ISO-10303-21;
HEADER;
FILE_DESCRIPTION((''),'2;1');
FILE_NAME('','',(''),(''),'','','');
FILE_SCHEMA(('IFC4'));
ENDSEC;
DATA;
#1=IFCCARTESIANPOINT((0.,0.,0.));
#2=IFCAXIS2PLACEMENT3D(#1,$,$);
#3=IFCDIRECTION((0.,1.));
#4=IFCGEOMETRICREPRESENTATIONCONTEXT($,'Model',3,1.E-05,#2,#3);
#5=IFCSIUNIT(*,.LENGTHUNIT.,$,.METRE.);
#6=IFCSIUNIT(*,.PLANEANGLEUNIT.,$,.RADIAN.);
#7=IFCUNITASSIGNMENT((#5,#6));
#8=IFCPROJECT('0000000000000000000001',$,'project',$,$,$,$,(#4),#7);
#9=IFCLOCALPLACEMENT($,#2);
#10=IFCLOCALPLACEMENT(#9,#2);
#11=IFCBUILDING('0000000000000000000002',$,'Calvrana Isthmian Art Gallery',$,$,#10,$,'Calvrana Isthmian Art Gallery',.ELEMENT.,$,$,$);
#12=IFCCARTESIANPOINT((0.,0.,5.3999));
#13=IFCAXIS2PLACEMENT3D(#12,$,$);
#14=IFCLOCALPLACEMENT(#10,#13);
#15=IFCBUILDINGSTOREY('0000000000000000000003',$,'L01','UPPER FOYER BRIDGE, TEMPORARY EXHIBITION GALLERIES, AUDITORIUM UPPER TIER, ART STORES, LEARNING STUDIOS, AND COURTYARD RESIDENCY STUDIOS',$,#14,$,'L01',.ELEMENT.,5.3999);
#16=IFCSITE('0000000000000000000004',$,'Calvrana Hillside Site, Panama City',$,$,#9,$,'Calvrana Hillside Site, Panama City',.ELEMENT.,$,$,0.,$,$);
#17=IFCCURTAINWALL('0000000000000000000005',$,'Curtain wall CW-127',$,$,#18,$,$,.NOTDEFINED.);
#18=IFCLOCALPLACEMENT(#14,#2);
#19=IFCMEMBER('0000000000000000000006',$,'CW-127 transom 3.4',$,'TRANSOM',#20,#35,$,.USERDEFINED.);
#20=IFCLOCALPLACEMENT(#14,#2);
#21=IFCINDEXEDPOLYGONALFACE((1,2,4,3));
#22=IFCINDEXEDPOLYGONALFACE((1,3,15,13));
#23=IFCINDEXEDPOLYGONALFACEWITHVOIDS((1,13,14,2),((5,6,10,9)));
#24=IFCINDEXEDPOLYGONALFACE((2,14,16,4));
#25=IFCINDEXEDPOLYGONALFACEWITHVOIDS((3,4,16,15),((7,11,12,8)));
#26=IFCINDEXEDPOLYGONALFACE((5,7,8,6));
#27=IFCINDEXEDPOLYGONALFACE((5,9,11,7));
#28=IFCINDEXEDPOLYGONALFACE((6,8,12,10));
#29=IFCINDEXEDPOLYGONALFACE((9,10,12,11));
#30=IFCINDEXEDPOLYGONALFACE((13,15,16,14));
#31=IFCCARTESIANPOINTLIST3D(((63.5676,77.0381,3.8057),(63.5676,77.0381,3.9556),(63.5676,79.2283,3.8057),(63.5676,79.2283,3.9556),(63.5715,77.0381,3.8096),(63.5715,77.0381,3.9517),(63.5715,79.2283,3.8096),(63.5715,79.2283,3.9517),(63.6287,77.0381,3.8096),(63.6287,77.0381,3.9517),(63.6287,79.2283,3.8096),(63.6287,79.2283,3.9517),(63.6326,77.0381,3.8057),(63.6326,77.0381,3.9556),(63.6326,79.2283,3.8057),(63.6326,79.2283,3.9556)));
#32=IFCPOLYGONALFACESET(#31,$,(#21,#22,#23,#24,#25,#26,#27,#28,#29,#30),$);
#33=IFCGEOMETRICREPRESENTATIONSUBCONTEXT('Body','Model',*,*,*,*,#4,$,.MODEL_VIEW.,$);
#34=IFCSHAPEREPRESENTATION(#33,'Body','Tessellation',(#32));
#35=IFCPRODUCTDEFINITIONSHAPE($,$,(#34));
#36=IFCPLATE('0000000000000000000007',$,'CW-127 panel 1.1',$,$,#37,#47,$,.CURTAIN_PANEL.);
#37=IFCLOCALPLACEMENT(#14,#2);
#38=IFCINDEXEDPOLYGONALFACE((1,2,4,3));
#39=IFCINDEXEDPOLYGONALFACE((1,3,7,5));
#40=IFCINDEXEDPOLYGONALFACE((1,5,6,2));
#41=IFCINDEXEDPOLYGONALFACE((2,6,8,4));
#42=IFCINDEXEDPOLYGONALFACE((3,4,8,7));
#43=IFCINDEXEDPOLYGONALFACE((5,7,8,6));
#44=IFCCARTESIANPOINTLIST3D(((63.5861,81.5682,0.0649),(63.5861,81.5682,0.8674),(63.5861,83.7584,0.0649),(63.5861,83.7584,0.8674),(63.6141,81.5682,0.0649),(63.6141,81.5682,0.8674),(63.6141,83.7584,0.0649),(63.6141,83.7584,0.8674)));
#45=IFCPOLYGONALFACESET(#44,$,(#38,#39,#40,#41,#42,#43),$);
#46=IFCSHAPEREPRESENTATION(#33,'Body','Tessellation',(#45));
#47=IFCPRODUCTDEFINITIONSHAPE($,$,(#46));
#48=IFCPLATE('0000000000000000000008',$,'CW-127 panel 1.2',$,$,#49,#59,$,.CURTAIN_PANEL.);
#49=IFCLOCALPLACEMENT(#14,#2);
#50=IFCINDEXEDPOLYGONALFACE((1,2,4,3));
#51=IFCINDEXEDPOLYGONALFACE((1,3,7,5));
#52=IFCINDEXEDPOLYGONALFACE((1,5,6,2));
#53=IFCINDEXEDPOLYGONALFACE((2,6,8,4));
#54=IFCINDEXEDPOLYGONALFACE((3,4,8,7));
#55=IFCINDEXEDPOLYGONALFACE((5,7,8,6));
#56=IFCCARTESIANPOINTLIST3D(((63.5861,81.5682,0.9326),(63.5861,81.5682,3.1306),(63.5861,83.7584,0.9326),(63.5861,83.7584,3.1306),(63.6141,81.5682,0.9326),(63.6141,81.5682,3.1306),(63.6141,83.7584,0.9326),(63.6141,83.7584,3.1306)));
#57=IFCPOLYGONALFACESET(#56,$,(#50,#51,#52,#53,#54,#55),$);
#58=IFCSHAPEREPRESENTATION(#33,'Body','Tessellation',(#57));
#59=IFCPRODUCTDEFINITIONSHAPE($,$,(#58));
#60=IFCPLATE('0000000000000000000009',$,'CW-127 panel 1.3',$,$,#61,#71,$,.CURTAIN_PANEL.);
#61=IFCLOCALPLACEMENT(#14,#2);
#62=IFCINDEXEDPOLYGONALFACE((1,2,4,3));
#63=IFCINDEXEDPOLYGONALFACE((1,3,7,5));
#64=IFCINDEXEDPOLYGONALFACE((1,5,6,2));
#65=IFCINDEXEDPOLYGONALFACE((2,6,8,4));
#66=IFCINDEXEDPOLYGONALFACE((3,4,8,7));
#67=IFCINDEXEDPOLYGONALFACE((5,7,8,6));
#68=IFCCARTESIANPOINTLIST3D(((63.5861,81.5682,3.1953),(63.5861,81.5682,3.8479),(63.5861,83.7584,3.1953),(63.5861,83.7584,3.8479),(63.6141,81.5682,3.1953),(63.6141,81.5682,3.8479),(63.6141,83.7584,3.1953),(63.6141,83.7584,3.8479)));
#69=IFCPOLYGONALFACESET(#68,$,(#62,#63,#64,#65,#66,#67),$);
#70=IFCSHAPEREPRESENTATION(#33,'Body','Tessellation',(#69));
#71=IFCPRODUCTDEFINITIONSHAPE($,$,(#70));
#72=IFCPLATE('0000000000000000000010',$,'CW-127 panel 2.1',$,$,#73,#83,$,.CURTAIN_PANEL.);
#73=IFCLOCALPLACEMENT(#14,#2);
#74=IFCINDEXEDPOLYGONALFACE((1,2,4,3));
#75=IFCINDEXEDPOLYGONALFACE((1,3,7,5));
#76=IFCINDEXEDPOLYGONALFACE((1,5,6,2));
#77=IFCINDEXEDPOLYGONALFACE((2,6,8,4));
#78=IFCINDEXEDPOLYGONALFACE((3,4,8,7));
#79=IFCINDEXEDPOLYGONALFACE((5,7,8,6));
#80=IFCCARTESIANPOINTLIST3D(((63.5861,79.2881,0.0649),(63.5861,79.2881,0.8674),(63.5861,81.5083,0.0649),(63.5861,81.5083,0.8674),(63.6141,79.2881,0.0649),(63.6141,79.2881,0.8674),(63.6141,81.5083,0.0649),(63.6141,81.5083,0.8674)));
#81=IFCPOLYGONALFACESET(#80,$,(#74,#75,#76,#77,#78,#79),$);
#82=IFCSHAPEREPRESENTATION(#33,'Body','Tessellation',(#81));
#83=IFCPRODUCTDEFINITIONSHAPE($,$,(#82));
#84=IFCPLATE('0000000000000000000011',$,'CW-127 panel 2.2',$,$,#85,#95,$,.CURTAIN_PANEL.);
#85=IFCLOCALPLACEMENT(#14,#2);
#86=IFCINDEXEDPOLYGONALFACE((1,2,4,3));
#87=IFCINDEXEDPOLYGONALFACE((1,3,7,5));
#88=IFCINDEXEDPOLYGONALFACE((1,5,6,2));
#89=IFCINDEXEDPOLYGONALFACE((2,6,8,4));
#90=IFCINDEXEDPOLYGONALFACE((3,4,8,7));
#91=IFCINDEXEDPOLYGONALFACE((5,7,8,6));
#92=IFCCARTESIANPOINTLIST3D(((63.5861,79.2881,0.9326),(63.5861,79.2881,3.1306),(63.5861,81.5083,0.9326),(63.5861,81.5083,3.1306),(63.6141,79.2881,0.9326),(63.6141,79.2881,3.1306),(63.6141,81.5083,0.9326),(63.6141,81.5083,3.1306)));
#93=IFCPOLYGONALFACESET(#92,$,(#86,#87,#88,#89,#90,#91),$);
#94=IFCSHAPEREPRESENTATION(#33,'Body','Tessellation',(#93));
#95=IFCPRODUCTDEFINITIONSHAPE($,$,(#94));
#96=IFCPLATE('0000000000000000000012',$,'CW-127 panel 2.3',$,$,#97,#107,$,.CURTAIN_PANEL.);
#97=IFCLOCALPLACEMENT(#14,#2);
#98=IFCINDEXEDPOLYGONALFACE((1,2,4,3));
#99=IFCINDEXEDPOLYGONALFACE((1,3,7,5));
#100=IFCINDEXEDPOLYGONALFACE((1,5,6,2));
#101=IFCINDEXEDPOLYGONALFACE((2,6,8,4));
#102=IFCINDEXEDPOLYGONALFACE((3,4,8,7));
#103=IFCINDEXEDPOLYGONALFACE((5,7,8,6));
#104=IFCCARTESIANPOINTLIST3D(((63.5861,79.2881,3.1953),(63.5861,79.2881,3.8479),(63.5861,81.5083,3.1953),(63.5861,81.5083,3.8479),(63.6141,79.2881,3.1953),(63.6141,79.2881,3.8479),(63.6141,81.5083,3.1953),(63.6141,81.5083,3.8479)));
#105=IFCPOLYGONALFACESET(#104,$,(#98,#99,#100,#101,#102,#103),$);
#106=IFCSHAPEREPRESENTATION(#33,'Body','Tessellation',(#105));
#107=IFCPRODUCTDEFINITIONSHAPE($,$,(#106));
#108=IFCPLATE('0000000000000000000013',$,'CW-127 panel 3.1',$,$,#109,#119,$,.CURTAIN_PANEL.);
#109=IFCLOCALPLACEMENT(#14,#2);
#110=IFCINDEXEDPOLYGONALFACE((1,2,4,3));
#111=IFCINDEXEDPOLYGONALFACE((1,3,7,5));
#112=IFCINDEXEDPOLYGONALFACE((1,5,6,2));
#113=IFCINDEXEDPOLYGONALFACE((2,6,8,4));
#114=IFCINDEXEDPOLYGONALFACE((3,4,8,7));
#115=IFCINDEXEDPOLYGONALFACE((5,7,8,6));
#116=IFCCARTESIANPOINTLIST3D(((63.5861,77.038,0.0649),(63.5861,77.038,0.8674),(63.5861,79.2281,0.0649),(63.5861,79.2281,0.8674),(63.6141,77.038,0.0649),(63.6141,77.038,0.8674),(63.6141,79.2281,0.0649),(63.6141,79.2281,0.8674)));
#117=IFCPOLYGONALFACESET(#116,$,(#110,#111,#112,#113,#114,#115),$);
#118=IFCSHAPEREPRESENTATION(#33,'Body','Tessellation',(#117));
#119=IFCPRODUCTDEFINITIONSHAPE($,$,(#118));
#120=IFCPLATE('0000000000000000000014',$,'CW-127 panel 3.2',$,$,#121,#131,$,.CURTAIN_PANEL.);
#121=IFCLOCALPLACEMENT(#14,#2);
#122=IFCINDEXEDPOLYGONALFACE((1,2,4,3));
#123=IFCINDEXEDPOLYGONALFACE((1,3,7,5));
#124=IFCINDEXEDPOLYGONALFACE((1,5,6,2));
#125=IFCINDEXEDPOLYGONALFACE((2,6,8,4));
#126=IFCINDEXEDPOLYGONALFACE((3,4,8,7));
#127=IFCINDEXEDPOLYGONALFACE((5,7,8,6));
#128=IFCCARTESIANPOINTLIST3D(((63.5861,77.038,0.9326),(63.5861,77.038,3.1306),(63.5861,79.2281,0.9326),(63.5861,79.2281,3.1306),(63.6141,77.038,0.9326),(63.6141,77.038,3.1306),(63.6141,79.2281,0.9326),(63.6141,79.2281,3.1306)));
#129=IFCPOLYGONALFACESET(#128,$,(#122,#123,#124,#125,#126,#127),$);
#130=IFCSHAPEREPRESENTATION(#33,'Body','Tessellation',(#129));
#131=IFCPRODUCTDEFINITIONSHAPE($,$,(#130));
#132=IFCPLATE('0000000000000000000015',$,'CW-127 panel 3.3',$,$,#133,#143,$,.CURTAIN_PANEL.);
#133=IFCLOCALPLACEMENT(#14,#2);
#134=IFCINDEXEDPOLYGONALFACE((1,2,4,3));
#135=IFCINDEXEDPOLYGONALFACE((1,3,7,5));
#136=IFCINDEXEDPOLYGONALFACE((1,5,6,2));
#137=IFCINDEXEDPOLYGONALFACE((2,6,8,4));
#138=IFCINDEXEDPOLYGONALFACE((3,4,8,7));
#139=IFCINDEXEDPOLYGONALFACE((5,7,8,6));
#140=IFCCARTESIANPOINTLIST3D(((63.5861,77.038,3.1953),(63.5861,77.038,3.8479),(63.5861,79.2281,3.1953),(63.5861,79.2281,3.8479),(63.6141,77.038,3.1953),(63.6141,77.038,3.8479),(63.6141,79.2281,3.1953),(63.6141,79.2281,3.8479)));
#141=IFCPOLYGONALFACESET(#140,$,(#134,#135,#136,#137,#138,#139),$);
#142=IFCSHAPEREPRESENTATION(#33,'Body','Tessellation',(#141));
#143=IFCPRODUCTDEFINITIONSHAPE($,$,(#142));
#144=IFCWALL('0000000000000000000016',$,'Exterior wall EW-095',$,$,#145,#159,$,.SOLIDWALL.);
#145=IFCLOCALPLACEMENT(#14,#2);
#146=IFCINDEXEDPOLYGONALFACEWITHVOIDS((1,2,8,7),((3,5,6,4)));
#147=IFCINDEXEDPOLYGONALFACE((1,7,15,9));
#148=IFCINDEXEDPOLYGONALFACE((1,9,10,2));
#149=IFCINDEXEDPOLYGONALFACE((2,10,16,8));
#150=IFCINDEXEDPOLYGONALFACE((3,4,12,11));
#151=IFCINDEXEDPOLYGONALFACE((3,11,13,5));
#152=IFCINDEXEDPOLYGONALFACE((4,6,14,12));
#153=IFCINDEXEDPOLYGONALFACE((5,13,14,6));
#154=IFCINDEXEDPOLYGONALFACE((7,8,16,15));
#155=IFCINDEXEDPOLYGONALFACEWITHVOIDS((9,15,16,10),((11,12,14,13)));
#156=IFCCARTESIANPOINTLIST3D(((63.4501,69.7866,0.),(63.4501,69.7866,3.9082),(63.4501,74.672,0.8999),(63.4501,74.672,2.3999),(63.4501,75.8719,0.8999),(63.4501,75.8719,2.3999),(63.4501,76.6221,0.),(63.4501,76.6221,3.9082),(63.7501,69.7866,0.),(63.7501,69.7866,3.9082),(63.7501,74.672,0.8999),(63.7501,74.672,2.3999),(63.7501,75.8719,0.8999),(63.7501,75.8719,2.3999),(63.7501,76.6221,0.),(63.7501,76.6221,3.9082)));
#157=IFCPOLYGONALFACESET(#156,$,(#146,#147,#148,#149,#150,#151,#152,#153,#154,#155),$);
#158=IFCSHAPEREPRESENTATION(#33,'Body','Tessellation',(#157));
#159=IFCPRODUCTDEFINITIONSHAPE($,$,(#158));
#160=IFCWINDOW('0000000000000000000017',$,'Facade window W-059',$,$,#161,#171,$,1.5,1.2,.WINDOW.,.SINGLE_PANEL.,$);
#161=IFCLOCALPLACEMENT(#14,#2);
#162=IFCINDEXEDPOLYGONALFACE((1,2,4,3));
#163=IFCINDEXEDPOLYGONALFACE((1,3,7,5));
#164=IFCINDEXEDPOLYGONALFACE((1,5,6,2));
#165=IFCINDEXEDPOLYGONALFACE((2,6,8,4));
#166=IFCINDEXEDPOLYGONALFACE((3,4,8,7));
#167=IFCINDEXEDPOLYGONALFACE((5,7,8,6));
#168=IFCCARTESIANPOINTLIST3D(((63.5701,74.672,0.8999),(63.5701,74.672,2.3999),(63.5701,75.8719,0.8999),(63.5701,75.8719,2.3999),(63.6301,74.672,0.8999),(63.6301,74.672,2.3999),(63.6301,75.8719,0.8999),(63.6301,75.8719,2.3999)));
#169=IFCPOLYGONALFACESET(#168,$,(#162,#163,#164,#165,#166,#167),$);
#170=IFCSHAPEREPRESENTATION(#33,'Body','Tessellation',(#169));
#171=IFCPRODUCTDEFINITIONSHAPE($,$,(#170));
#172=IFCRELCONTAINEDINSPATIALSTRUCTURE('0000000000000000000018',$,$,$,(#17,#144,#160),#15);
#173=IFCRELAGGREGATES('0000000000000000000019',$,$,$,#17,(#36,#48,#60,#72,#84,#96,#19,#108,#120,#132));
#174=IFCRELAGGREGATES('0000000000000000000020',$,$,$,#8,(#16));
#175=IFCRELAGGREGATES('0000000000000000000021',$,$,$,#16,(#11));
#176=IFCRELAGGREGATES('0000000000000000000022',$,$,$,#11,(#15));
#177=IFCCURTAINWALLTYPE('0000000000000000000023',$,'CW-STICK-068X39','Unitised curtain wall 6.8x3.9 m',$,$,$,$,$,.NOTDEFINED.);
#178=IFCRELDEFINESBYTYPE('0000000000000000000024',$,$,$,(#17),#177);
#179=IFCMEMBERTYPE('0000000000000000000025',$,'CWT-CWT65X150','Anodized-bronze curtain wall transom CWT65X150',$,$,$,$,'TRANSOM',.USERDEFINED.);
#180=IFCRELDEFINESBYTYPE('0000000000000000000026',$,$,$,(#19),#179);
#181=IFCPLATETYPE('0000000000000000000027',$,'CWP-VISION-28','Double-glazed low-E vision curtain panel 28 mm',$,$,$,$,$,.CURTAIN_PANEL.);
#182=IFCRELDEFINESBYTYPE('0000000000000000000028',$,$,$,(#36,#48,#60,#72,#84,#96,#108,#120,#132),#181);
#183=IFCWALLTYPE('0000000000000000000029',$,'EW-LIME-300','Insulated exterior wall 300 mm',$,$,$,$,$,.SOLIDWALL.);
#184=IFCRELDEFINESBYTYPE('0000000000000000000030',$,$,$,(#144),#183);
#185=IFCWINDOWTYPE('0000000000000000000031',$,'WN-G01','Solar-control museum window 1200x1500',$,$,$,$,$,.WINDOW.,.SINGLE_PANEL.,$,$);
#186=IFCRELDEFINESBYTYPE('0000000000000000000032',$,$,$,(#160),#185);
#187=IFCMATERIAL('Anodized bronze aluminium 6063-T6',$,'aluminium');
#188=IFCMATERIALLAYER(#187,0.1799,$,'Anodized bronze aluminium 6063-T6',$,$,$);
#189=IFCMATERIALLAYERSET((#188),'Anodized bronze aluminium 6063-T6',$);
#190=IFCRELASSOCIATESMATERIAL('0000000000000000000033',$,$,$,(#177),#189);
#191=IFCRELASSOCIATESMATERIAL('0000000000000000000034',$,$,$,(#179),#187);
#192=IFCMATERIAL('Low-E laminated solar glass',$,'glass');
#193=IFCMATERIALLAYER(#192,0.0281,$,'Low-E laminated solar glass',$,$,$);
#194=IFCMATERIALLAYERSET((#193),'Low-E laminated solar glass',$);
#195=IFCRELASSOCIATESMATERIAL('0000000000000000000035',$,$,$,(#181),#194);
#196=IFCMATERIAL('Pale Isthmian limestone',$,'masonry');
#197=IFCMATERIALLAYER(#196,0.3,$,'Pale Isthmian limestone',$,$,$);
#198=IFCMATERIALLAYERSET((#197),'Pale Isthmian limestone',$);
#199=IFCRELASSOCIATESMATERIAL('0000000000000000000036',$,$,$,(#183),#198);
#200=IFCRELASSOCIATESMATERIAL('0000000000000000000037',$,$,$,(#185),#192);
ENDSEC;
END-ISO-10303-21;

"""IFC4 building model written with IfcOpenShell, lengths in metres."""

from ifc_helpers import new_model, si_unit, direction, frame, frame_2d, origin, origin_2d, place, context, subcontext, project, spatial, rectangle, hollow_rectangle, extrude, material, layer, layer_set, material_profile, profile_set, type_object, element, fill, aggregate, save


model = new_model("IFC4")

# Units and contexts
model_context = context("Model", 3, precision=1e-05, world=origin(), true_north=direction((0.0, 1.0)))
body_context = subcontext(model_context, "Body", "Model", "MODEL_VIEW")
ifc_project = project(units=[si_unit("LENGTHUNIT", "METRE"), si_unit("PLANEANGLEUNIT", "RADIAN")], contexts=[model_context])

# Site, building, storey
site_placement = place(None, origin())
site = spatial("IfcSite", under=ifc_project, at=site_placement, Name="Calvrana Hillside Site, Panama City", LongName="Calvrana Hillside Site, Panama City", CompositionType="ELEMENT", RefElevation=0.0)
building_placement = place(site_placement, origin())
building = spatial("IfcBuilding", under=site, at=building_placement, Name="Calvrana Isthmian Art Gallery", LongName="Calvrana Isthmian Art Gallery", CompositionType="ELEMENT")
storey_placement = place(building_placement, frame((0.0, 0.0, 5.3999)))
storey = spatial("IfcBuildingStorey", under=building, at=storey_placement, Name="L01", Description="UPPER FOYER BRIDGE, TEMPORARY EXHIBITION GALLERIES, AUDITORIUM UPPER TIER, ART STORES, LEARNING STUDIOS, AND COURTYARD RESIDENCY STUDIOS", LongName="L01", CompositionType="ELEMENT", Elevation=5.3999)

# Curtain wall, member, plates
ifc_material_1 = material(Name="Anodized bronze aluminium 6063-T6", Category="aluminium")
ifc_layer_1 = layer(ifc_material_1, 0.1799, Name="Anodized bronze aluminium 6063-T6")
ifc_layer_set_1 = layer_set([ifc_layer_1], Name="Anodized bronze aluminium 6063-T6")
curtain_wall_type = type_object("IfcCurtainWallType", Name="CW-STICK-068X39", Description="Unitised curtain wall 6.8x3.9 m", PredefinedType="NOTDEFINED", material=ifc_layer_set_1)
curtain_wall_placement = place(storey_placement, origin())
curtain_wall = element("IfcCurtainWall", 1, at=curtain_wall_placement, inside=storey, type_object=curtain_wall_type, Name="Curtain wall CW-127", PredefinedType="NOTDEFINED")
ifc_material_profile_1 = material_profile(ifc_material_1, hollow_rectangle(XDim=0.0649, YDim=0.1499, WallThickness=0.0039, at=origin_2d()), Name="CWT65X150")
ifc_profile_set_1 = profile_set([ifc_material_profile_1], Name="Anodized bronze aluminium 6063-T6")
member_type_1 = type_object("IfcMemberType", Name="CWT-CWT65X150", Description="Anodized-bronze curtain wall transom CWT65X150", ElementType="TRANSOM", PredefinedType="USERDEFINED", material=ifc_profile_set_1)
member_1_placement = place(storey_placement, frame((63.6001, 79.2283, 3.8806), z_axis=(0.0, -1.0, 0.0), x_axis=(1.0, 0.0, 0.0)))
member_1 = element("IfcMember", 2, at=member_1_placement, type_object=member_type_1, Name="CW-127 transom 3.4", ObjectType="TRANSOM", PredefinedType="USERDEFINED", context=body_context, shape_type="SweptSolid", body=[
    extrude(hollow_rectangle(XDim=0.0649, YDim=0.1499, WallThickness=0.0039, at=origin_2d()), origin(), (0.0, 0.0, 1.0), 2.1902),
])
ifc_material_2 = material(Name="Low-E laminated solar glass", Category="glass")
ifc_layer_2 = layer(ifc_material_2, 0.0281, Name="Low-E laminated solar glass")
ifc_layer_set_2 = layer_set([ifc_layer_2], Name="Low-E laminated solar glass")
plate_type = type_object("IfcPlateType", Name="CWP-VISION-28", Description="Double-glazed low-E vision curtain panel 28 mm", PredefinedType="CURTAIN_PANEL", material=ifc_layer_set_2)
plate_1_placement = place(storey_placement, frame((63.6001, 82.6633, 0.0649), z_axis=(0.0, 0.0, 1.0), x_axis=(0.0, -1.0, 0.0)))
plate_1 = element("IfcPlate", 3, at=plate_1_placement, type_object=plate_type, Name="CW-127 panel 1.1", PredefinedType="CURTAIN_PANEL", context=body_context, shape_type="SweptSolid", body=[
    extrude(rectangle(XDim=2.1902, YDim=0.0281, at=origin_2d()), origin(), (0.0, 0.0, 1.0), 0.8025),
])
plate_2_placement = place(storey_placement, frame((63.6001, 82.6633, 0.9326), z_axis=(0.0, 0.0, 1.0), x_axis=(0.0, -1.0, 0.0)))
plate_2 = element("IfcPlate", 4, at=plate_2_placement, type_object=plate_type, Name="CW-127 panel 1.2", PredefinedType="CURTAIN_PANEL", context=body_context, shape_type="SweptSolid", body=[
    extrude(rectangle(XDim=2.1902, YDim=0.0281, at=origin_2d()), origin(), (0.0, 0.0, 1.0), 2.198),
])
plate_3_placement = place(storey_placement, frame((63.6001, 82.6633, 3.1953), z_axis=(0.0, 0.0, 1.0), x_axis=(0.0, -1.0, 0.0)))
plate_3 = element("IfcPlate", 5, at=plate_3_placement, type_object=plate_type, Name="CW-127 panel 1.3", PredefinedType="CURTAIN_PANEL", context=body_context, shape_type="SweptSolid", body=[
    extrude(rectangle(XDim=2.1902, YDim=0.0281, at=origin_2d()), origin(), (0.0, 0.0, 1.0), 0.6526),
])
plate_4_placement = place(storey_placement, frame((63.6001, 80.3982, 0.0649), z_axis=(0.0, 0.0, 1.0), x_axis=(0.0, -1.0, 0.0)))
plate_4 = element("IfcPlate", 6, at=plate_4_placement, type_object=plate_type, Name="CW-127 panel 2.1", PredefinedType="CURTAIN_PANEL", context=body_context, shape_type="SweptSolid", body=[
    extrude(rectangle(XDim=2.2202, YDim=0.0281, at=origin_2d()), origin(), (0.0, 0.0, 1.0), 0.8025),
])
plate_5_placement = place(storey_placement, frame((63.6001, 80.3982, 0.9326), z_axis=(0.0, 0.0, 1.0), x_axis=(0.0, -1.0, 0.0)))
plate_5 = element("IfcPlate", 7, at=plate_5_placement, type_object=plate_type, Name="CW-127 panel 2.2", PredefinedType="CURTAIN_PANEL", context=body_context, shape_type="SweptSolid", body=[
    extrude(rectangle(XDim=2.2202, YDim=0.0281, at=origin_2d()), origin(), (0.0, 0.0, 1.0), 2.198),
])
plate_6_placement = place(storey_placement, frame((63.6001, 80.3982, 3.1953), z_axis=(0.0, 0.0, 1.0), x_axis=(0.0, -1.0, 0.0)))
plate_6 = element("IfcPlate", 8, at=plate_6_placement, type_object=plate_type, Name="CW-127 panel 2.3", PredefinedType="CURTAIN_PANEL", context=body_context, shape_type="SweptSolid", body=[
    extrude(rectangle(XDim=2.2202, YDim=0.0281, at=origin_2d()), origin(), (0.0, 0.0, 1.0), 0.6526),
])
plate_7_placement = place(storey_placement, frame((63.6001, 78.1331, 0.0649), z_axis=(0.0, 0.0, 1.0), x_axis=(0.0, -1.0, 0.0)))
plate_7 = element("IfcPlate", 9, at=plate_7_placement, type_object=plate_type, Name="CW-127 panel 3.1", PredefinedType="CURTAIN_PANEL", context=body_context, shape_type="SweptSolid", body=[
    extrude(rectangle(XDim=2.1902, YDim=0.0281, at=origin_2d()), origin(), (0.0, 0.0, 1.0), 0.8025),
])
plate_8_placement = place(storey_placement, frame((63.6001, 78.1331, 0.9326), z_axis=(0.0, 0.0, 1.0), x_axis=(0.0, -1.0, 0.0)))
plate_8 = element("IfcPlate", 10, at=plate_8_placement, type_object=plate_type, Name="CW-127 panel 3.2", PredefinedType="CURTAIN_PANEL", context=body_context, shape_type="SweptSolid", body=[
    extrude(rectangle(XDim=2.1902, YDim=0.0281, at=origin_2d()), origin(), (0.0, 0.0, 1.0), 2.198),
])
plate_9_placement = place(storey_placement, frame((63.6001, 78.1331, 3.1953), z_axis=(0.0, 0.0, 1.0), x_axis=(0.0, -1.0, 0.0)))
plate_9 = element("IfcPlate", 11, at=plate_9_placement, type_object=plate_type, Name="CW-127 panel 3.3", PredefinedType="CURTAIN_PANEL", context=body_context, shape_type="SweptSolid", body=[
    extrude(rectangle(XDim=2.1902, YDim=0.0281, at=origin_2d()), origin(), (0.0, 0.0, 1.0), 0.6526),
])
aggregate(curtain_wall, [plate_1, plate_2, plate_3, plate_4, plate_5, plate_6, member_1, plate_7, plate_8, plate_9])

# Wall, opening, window
ifc_material_3 = material(Name="Pale Isthmian limestone", Category="masonry")
ifc_layer_3 = layer(ifc_material_3, 0.3, Name="Pale Isthmian limestone")
ifc_layer_set_3 = layer_set([ifc_layer_3], Name="Pale Isthmian limestone")
wall_type_1 = type_object("IfcWallType", Name="EW-LIME-300", Description="Insulated exterior wall 300 mm", PredefinedType="SOLIDWALL", material=ifc_layer_set_3)
wall_1_placement = place(storey_placement, frame((63.6001, 76.6221, 0.0), z_axis=(0.0, 0.0, 1.0), x_axis=(0.0, -1.0, 0.0)))
wall_1 = element("IfcWall", 12, at=wall_1_placement, inside=storey, type_object=wall_type_1, Name="Exterior wall EW-095", PredefinedType="SOLIDWALL", context=body_context, shape_type="SweptSolid", body=[
    extrude(rectangle(XDim=6.8354, YDim=0.3, at=frame_2d((3.4177, 0.0))), origin(), (0.0, 0.0, 1.0), 3.9082),
])
opening_1_placement = place(wall_1_placement, frame((0.75, 0.0, 0.8999)))
opening_1 = element("IfcOpeningElement", 13, at=opening_1_placement, cuts=wall_1, PredefinedType="OPENING", context=body_context, shape_type="SweptSolid", body=[
    extrude(rectangle(XDim=1.2, YDim=1.5, at=frame_2d((0.6001, 0.75))), frame((0.0, 0.1602, 0.0), z_axis=(0.0, -1.0, 0.0), x_axis=(1.0, 0.0, 0.0)), (0.0, 0.0, 1.0), 0.3206),
])
window_type = type_object("IfcWindowType", Name="WN-G01", Description="Solar-control museum window 1200x1500", PartitioningType="SINGLE_PANEL", PredefinedType="WINDOW", material=ifc_material_2)
window_1_placement = place(opening_1_placement, origin())
window_1 = element("IfcWindow", 14, at=window_1_placement, inside=storey, type_object=window_type, Name="Facade window W-059", OverallHeight=1.5, OverallWidth=1.2, PartitioningType="SINGLE_PANEL", PredefinedType="WINDOW", context=body_context, shape_type="SweptSolid", body=[
    extrude(rectangle(XDim=1.2, YDim=1.5, at=frame_2d((0.6001, 0.75))), frame((0.0, 0.03, 0.0), z_axis=(0.0, -1.0, 0.0), x_axis=(1.0, 0.0, 0.0)), (0.0, 0.0, 1.0), 0.0601),
])
fill(opening_1, window_1)

save(model, "model.ifc")
